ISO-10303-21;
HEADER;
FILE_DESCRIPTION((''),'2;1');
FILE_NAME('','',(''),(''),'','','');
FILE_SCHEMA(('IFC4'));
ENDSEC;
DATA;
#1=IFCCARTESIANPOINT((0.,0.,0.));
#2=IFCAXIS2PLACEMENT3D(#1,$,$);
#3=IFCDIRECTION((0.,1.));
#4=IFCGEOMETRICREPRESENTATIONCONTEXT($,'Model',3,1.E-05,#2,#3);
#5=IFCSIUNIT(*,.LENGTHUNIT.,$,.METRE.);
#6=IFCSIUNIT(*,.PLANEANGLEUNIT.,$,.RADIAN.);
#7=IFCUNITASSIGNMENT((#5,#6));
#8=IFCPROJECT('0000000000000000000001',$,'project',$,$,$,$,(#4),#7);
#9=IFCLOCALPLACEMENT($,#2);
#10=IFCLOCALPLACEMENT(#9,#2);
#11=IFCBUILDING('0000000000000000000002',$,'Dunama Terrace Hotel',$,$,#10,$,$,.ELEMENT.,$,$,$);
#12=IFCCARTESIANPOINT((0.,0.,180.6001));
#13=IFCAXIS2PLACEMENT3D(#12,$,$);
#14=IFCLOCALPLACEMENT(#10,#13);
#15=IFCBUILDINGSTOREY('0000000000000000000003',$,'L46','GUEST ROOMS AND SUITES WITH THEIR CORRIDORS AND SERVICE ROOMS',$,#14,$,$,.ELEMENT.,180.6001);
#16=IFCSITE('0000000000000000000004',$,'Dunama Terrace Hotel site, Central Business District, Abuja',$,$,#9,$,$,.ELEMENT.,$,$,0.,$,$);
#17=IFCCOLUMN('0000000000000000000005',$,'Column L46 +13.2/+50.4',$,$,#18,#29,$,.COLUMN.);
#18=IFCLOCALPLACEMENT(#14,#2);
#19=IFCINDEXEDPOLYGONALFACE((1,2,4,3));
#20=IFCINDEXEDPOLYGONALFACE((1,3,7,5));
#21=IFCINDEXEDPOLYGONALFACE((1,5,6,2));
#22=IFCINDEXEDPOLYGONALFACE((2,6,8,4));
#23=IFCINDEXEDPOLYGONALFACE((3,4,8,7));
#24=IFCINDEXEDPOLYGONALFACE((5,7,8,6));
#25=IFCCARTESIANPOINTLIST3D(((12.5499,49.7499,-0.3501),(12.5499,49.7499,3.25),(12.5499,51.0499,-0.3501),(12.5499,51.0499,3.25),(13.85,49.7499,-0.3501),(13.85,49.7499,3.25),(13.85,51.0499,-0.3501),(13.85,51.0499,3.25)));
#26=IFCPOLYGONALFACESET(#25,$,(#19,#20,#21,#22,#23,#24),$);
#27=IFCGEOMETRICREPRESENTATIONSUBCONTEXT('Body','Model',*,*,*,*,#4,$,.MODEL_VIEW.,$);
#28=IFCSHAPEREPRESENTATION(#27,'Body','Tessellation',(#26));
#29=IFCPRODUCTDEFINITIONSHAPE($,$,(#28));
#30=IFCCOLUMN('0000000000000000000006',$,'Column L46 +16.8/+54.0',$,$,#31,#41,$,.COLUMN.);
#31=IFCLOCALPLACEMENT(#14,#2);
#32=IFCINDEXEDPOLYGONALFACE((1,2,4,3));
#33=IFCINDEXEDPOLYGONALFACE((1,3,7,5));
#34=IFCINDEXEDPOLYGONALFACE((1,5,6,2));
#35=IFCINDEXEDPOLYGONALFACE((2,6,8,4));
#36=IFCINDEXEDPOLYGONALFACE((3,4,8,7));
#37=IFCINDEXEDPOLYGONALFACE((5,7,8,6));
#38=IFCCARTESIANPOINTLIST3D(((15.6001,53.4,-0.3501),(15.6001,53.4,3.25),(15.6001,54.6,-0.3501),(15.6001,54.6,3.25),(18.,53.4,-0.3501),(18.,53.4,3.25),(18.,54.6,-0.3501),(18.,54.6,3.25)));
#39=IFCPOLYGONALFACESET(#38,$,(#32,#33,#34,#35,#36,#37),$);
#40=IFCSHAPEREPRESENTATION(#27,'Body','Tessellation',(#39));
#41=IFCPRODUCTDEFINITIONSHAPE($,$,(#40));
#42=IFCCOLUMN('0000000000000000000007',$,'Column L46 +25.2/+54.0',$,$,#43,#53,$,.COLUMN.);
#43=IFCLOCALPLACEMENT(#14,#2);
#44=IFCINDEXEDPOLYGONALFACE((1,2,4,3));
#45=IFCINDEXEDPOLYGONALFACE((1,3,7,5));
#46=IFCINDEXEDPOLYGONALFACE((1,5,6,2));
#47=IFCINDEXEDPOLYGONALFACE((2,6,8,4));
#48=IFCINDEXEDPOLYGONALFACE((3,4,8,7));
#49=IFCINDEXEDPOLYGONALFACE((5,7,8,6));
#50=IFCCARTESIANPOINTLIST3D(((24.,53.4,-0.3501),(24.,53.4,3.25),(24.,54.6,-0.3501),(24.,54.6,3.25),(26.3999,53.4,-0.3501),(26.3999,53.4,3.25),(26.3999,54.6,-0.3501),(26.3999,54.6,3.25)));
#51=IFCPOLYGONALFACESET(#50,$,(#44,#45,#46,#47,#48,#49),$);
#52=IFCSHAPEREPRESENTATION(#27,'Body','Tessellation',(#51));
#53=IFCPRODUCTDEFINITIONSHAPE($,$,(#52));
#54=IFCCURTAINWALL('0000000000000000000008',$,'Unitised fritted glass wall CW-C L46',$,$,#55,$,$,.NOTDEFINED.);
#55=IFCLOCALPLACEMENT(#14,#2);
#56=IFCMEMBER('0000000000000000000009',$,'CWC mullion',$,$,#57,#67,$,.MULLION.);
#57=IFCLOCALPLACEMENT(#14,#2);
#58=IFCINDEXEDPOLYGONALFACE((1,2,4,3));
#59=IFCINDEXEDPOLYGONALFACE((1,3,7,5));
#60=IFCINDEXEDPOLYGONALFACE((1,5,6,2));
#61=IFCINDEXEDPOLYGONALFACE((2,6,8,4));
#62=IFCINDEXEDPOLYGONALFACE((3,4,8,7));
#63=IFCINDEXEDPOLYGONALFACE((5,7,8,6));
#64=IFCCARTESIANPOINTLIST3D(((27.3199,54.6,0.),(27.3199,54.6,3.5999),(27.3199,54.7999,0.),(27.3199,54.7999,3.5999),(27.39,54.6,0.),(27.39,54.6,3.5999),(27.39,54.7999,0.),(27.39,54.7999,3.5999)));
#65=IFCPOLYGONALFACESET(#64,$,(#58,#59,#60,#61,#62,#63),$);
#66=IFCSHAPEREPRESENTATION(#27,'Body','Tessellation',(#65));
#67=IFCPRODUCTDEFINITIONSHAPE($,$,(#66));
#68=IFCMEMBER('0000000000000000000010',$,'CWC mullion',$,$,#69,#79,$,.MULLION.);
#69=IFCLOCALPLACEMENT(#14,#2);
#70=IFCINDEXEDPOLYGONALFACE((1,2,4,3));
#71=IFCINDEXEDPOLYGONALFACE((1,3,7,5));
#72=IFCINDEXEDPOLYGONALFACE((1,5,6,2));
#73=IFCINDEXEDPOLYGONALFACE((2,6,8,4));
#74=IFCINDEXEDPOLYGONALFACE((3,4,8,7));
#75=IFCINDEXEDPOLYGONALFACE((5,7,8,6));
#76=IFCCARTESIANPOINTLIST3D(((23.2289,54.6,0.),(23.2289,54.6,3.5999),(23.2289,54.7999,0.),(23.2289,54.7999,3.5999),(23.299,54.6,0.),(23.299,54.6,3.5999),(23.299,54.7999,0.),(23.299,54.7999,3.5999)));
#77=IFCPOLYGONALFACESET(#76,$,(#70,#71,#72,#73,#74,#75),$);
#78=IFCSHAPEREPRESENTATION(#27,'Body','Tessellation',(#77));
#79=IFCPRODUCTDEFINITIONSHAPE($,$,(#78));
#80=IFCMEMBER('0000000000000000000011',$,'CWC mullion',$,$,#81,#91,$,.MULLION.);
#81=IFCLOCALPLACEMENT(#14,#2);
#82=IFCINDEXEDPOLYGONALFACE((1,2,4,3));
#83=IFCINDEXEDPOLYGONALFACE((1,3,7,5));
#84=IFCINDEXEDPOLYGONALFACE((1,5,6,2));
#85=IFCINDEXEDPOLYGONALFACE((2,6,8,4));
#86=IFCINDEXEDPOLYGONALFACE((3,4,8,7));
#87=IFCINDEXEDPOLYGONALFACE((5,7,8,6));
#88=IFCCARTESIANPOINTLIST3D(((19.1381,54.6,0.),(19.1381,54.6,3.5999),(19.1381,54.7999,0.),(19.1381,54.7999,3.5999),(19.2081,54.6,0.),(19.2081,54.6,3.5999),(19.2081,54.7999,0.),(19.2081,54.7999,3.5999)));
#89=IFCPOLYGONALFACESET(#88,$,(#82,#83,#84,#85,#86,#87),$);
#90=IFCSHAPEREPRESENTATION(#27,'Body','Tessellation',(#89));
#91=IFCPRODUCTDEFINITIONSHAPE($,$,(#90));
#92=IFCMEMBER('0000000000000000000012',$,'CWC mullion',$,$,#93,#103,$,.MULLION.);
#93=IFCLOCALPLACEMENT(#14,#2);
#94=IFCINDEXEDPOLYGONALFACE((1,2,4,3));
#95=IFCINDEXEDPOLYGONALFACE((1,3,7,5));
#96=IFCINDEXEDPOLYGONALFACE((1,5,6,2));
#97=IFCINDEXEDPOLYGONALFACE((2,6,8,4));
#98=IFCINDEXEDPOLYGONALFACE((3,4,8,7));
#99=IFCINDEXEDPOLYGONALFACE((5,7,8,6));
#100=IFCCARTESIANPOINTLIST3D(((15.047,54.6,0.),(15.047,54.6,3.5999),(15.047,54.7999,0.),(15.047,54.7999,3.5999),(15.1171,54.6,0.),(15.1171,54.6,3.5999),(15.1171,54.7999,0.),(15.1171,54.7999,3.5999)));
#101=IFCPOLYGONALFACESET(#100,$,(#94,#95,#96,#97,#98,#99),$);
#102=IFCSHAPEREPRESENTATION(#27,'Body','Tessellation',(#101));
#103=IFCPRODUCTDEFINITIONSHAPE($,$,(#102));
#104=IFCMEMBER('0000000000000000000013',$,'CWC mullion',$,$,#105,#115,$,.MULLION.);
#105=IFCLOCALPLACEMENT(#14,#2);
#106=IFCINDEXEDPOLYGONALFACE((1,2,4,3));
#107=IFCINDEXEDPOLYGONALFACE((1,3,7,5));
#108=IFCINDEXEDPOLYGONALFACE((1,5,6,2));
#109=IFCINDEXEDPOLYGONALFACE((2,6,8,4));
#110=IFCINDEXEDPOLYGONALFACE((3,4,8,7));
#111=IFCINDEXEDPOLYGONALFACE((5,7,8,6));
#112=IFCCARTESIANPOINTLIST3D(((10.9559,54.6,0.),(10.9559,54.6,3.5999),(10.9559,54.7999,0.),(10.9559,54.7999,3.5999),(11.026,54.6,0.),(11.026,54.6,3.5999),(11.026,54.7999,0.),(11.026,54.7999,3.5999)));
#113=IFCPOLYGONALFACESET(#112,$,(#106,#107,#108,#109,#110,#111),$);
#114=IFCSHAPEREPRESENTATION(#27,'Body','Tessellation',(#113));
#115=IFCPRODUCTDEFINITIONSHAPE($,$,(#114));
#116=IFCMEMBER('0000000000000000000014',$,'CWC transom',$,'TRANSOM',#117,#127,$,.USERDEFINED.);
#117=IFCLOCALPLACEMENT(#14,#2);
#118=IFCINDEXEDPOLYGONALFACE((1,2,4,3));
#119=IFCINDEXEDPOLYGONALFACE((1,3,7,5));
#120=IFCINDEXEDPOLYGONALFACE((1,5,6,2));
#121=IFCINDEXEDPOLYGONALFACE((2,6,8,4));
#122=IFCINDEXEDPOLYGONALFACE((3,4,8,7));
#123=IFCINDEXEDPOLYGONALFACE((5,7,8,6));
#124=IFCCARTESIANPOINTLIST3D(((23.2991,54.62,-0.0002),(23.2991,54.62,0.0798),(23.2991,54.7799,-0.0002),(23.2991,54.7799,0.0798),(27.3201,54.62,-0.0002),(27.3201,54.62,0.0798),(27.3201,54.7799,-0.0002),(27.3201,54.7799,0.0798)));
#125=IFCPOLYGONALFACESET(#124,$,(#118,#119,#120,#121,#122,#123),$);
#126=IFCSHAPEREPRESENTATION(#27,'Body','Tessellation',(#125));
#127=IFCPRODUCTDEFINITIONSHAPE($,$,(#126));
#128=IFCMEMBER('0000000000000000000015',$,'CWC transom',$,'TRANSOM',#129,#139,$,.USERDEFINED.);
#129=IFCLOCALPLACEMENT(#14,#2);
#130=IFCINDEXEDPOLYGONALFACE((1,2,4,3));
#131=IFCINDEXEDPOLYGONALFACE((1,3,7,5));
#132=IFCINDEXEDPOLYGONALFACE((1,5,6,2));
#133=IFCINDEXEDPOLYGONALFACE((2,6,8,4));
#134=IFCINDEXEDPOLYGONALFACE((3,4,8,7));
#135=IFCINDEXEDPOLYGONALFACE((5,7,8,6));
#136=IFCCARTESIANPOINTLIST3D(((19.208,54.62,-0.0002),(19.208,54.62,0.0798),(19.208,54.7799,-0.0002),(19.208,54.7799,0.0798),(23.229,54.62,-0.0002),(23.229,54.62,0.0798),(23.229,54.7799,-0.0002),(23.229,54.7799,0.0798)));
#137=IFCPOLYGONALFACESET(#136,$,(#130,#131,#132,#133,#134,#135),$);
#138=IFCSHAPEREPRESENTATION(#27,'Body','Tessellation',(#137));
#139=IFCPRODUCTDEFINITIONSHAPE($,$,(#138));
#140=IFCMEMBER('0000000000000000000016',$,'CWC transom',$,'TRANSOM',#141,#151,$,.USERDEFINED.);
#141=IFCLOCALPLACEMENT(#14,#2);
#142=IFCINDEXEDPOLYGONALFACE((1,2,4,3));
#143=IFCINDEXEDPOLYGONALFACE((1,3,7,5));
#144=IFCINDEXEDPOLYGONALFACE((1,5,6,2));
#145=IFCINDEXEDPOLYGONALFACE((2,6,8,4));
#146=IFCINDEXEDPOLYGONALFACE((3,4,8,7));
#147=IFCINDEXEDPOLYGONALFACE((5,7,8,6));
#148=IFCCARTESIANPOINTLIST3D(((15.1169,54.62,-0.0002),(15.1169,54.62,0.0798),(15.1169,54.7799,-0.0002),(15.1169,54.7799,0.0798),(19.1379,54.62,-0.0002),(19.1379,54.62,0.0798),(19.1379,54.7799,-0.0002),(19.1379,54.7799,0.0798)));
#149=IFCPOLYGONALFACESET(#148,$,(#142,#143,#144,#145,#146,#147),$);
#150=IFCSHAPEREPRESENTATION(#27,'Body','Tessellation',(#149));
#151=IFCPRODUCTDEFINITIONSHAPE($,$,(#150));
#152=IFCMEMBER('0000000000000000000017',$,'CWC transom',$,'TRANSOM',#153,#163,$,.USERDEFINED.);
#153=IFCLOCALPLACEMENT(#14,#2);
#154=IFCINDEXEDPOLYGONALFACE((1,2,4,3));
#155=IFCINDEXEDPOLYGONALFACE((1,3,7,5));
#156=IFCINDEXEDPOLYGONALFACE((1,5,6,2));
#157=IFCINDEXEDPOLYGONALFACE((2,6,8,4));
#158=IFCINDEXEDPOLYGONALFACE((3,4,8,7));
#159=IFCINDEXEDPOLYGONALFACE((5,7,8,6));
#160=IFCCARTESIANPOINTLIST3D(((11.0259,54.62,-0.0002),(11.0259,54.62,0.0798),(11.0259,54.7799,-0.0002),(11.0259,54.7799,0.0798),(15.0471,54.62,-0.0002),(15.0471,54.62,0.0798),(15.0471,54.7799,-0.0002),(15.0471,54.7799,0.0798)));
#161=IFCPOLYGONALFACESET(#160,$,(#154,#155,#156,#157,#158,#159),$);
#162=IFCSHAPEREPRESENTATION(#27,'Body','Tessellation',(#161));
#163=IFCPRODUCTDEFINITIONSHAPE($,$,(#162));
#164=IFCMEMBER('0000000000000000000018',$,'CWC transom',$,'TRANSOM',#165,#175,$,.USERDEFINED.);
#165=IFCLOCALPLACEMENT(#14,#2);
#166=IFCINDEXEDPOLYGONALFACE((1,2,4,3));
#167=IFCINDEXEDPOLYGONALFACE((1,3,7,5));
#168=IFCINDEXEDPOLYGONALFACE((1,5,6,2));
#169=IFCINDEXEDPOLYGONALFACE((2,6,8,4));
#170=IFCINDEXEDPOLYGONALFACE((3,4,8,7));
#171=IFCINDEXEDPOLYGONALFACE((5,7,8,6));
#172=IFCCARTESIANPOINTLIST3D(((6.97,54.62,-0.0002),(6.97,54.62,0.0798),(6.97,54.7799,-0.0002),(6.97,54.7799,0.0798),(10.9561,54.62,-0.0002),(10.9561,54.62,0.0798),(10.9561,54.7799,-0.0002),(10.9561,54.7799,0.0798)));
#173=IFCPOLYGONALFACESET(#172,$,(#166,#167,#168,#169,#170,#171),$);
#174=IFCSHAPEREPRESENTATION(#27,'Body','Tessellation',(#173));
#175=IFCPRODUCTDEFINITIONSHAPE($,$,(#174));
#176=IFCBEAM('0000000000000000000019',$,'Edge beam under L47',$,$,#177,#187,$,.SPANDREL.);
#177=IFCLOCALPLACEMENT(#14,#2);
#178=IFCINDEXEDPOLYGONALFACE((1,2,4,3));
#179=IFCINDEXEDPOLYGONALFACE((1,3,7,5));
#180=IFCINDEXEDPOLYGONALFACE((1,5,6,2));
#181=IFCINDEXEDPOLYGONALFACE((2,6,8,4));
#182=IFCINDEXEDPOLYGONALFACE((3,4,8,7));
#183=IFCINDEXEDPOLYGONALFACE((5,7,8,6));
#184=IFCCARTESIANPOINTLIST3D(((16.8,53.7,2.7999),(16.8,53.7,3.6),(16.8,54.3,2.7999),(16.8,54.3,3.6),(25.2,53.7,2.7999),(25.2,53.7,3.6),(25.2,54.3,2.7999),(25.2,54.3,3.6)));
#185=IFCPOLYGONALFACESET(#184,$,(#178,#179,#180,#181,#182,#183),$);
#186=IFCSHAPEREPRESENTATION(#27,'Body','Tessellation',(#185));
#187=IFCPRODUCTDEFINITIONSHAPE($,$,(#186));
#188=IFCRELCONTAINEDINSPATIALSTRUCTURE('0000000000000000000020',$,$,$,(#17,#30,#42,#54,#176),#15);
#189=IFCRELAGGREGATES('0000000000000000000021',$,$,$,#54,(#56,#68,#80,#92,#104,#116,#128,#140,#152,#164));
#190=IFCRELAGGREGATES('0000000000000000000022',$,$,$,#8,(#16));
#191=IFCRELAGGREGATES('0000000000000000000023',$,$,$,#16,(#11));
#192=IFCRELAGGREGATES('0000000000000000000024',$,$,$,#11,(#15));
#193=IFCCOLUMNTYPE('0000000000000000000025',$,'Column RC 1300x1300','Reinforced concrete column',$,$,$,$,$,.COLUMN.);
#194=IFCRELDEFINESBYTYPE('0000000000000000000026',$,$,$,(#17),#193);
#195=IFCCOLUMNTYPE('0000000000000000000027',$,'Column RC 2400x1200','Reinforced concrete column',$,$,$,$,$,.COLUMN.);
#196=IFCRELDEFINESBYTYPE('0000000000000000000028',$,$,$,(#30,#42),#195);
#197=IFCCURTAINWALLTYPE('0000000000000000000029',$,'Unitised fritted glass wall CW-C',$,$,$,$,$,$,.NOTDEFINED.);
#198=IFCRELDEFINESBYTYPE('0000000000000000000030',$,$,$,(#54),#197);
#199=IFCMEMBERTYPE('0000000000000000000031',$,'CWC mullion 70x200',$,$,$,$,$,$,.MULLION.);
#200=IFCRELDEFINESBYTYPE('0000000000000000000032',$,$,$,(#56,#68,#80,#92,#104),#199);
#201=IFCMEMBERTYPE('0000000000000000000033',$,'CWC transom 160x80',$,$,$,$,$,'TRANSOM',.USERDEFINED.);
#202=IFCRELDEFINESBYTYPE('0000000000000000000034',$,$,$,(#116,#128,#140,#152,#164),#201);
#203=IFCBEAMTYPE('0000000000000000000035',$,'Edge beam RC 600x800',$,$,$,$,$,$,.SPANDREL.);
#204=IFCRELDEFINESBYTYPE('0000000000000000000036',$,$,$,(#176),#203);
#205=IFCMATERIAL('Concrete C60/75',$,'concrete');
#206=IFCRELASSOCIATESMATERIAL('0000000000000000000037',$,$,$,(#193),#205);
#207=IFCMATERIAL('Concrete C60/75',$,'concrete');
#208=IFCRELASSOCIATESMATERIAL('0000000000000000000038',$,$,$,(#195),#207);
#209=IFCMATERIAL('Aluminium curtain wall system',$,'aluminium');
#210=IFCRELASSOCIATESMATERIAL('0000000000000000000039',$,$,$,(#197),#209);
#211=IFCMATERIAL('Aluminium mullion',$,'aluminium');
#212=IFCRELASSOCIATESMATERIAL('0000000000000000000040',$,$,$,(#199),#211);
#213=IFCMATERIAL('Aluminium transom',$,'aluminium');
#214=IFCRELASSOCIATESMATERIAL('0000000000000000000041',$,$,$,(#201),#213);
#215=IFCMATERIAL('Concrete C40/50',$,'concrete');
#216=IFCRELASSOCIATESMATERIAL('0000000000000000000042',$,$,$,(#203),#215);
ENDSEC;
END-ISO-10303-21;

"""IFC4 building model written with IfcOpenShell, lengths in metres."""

from ifc_helpers import new_model, si_unit, direction, frame, origin, origin_2d, place, context, subcontext, project, spatial, rectangle, extrude, material, material_profile, profile_set, type_object, element, aggregate, save


model = new_model("IFC4")

# Units and contexts
model_context = context("Model", 3, precision=1e-05, world=origin(), true_north=direction((0.0, 1.0)))
body_context = subcontext(model_context, "Body", "Model", "MODEL_VIEW")
ifc_project = project(units=[si_unit("LENGTHUNIT", "METRE"), si_unit("PLANEANGLEUNIT", "RADIAN")], contexts=[model_context])

# Site, building, storey
site_placement = place(None, origin())
site = spatial("IfcSite", under=ifc_project, at=site_placement, Name="Dunama Terrace Hotel site, Central Business District, Abuja", CompositionType="ELEMENT", RefElevation=0.0)
building_placement = place(site_placement, origin())
building = spatial("IfcBuilding", under=site, at=building_placement, Name="Dunama Terrace Hotel", CompositionType="ELEMENT")
storey_placement = place(building_placement, frame((0.0, 0.0, 180.6001)))
storey = spatial("IfcBuildingStorey", under=building, at=storey_placement, Name="L46", Description="GUEST ROOMS AND SUITES WITH THEIR CORRIDORS AND SERVICE ROOMS", CompositionType="ELEMENT", Elevation=180.6001)

# Columns
ifc_material_1 = material(Name="Concrete C60/75", Category="concrete")
ifc_material_profile_1 = material_profile(ifc_material_1, rectangle(XDim=1.3, YDim=1.3, at=origin_2d()), Name="RC 1300x1300")
ifc_profile_set_1 = profile_set([ifc_material_profile_1], Name="Concrete C60/75")
column_type_1 = type_object("IfcColumnType", Name="Column RC 1300x1300", Description="Reinforced concrete column", PredefinedType="COLUMN", material=ifc_profile_set_1)
column_placement = place(storey_placement, frame((13.2, 50.3999, -0.3501), z_axis=(0.0, 0.0, 1.0), x_axis=(1.0, 0.0, 0.0)))
element("IfcColumn", 1, at=column_placement, inside=storey, type_object=column_type_1, Name="Column L46 +13.2/+50.4", PredefinedType="COLUMN", context=body_context, shape_type="SweptSolid", body=[
    extrude(rectangle(XDim=1.3, YDim=1.3, at=origin_2d()), origin(), (0.0, 0.0, 1.0), 3.6001),
])
ifc_material_2 = material(Name="Concrete C60/75", Category="concrete")
ifc_material_profile_2 = material_profile(ifc_material_2, rectangle(XDim=2.3999, YDim=1.2, at=origin_2d()), Name="RC 2400x1200")
ifc_profile_set_2 = profile_set([ifc_material_profile_2], Name="Concrete C60/75")
column_type_2 = type_object("IfcColumnType", Name="Column RC 2400x1200", Description="Reinforced concrete column", PredefinedType="COLUMN", material=ifc_profile_set_2)
for number, where, z_axis, x_axis, name in (
    (2, (16.8, 54.0, -0.3501), (0.0, 0.0, 1.0), (1.0, 0.0, 0.0), "Column L46 +16.8/+54.0"),
    (3, (25.2, 54.0, -0.3501), (0.0, 0.0, 1.0), (1.0, 0.0, 0.0), "Column L46 +25.2/+54.0"),
):
    element("IfcColumn", number, at=place(storey_placement, frame(where, z_axis=z_axis, x_axis=x_axis)), inside=storey, type_object=column_type_2, Name=name, PredefinedType="COLUMN", context=body_context, shape_type="SweptSolid", body=[
        extrude(rectangle(XDim=2.3999, YDim=1.2, at=origin_2d()), origin(), (0.0, 0.0, 1.0), 3.6001),
    ])

# Curtain wall, members
ifc_material_3 = material(Name="Aluminium curtain wall system", Category="aluminium")
curtain_wall_type = type_object("IfcCurtainWallType", Name="Unitised fritted glass wall CW-C", PredefinedType="NOTDEFINED", material=ifc_material_3)
curtain_wall_placement = place(storey_placement, origin())
curtain_wall = element("IfcCurtainWall", 4, at=curtain_wall_placement, inside=storey, type_object=curtain_wall_type, Name="Unitised fritted glass wall CW-C L46", PredefinedType="NOTDEFINED")
ifc_material_4 = material(Name="Aluminium mullion", Category="aluminium")
ifc_material_profile_3 = material_profile(ifc_material_4, rectangle(XDim=0.0701, YDim=0.2, at=origin_2d()), Name="CWC MULLION 70X200")
ifc_profile_set_3 = profile_set([ifc_material_profile_3], Name="Aluminium mullion")
member_type_1 = type_object("IfcMemberType", Name="CWC mullion 70x200", PredefinedType="MULLION", material=ifc_profile_set_3)
member_1_placement = place(storey_placement, frame((27.355, 54.7, 0.0), z_axis=(0.0, 0.0, 1.0), x_axis=(-1.0, 0.0, 0.0)))
member_1 = element("IfcMember", 5, at=member_1_placement, type_object=member_type_1, Name="CWC mullion", PredefinedType="MULLION", context=body_context, shape_type="SweptSolid", body=[
    extrude(rectangle(XDim=0.0701, YDim=0.2, at=origin_2d()), origin(), (0.0, 0.0, 1.0), 3.5999),
])
member_2_placement = place(storey_placement, frame((23.2639, 54.7, 0.0), z_axis=(0.0, 0.0, 1.0), x_axis=(-1.0, 0.0, 0.0)))
member_2 = element("IfcMember", 6, at=member_2_placement, type_object=member_type_1, Name="CWC mullion", PredefinedType="MULLION", context=body_context, shape_type="SweptSolid", body=[
    extrude(rectangle(XDim=0.0701, YDim=0.2, at=origin_2d()), origin(), (0.0, 0.0, 1.0), 3.5999),
])
member_3_placement = place(storey_placement, frame((19.1731, 54.7, 0.0), z_axis=(0.0, 0.0, 1.0), x_axis=(-1.0, 0.0, 0.0)))
member_3 = element("IfcMember", 7, at=member_3_placement, type_object=member_type_1, Name="CWC mullion", PredefinedType="MULLION", context=body_context, shape_type="SweptSolid", body=[
    extrude(rectangle(XDim=0.0701, YDim=0.2, at=origin_2d()), origin(), (0.0, 0.0, 1.0), 3.5999),
])
member_4_placement = place(storey_placement, frame((15.082, 54.7, 0.0), z_axis=(0.0, 0.0, 1.0), x_axis=(-1.0, 0.0, 0.0)))
member_4 = element("IfcMember", 8, at=member_4_placement, type_object=member_type_1, Name="CWC mullion", PredefinedType="MULLION", context=body_context, shape_type="SweptSolid", body=[
    extrude(rectangle(XDim=0.0701, YDim=0.2, at=origin_2d()), origin(), (0.0, 0.0, 1.0), 3.5999),
])
member_5_placement = place(storey_placement, frame((10.991, 54.7, 0.0), z_axis=(0.0, 0.0, 1.0), x_axis=(-1.0, 0.0, 0.0)))
member_5 = element("IfcMember", 9, at=member_5_placement, type_object=member_type_1, Name="CWC mullion", PredefinedType="MULLION", context=body_context, shape_type="SweptSolid", body=[
    extrude(rectangle(XDim=0.0701, YDim=0.2, at=origin_2d()), origin(), (0.0, 0.0, 1.0), 3.5999),
])
ifc_material_5 = material(Name="Aluminium transom", Category="aluminium")
ifc_material_profile_4 = material_profile(ifc_material_5, rectangle(XDim=0.1599, YDim=0.0801, at=origin_2d()), Name="CWC TRANSOM 160X80")
ifc_profile_set_4 = profile_set([ifc_material_profile_4], Name="Aluminium transom")
member_type_2 = type_object("IfcMemberType", Name="CWC transom 160x80", ElementType="TRANSOM", PredefinedType="USERDEFINED", material=ifc_profile_set_4)
member_6_placement = place(storey_placement, frame((27.3201, 54.7, 0.0398), z_axis=(-1.0, 0.0, 0.0), x_axis=(0.0, -1.0, 0.0)))
member_6 = element("IfcMember", 10, at=member_6_placement, type_object=member_type_2, Name="CWC transom", ObjectType="TRANSOM", PredefinedType="USERDEFINED", context=body_context, shape_type="SweptSolid", body=[
    extrude(rectangle(XDim=0.1599, YDim=0.0801, at=origin_2d()), origin(), (0.0, 0.0, 1.0), 4.021),
])
member_7_placement = place(storey_placement, frame((23.229, 54.7, 0.0398), z_axis=(-1.0, 0.0, 0.0), x_axis=(0.0, -1.0, 0.0)))
member_7 = element("IfcMember", 11, at=member_7_placement, type_object=member_type_2, Name="CWC transom", ObjectType="TRANSOM", PredefinedType="USERDEFINED", context=body_context, shape_type="SweptSolid", body=[
    extrude(rectangle(XDim=0.1599, YDim=0.0801, at=origin_2d()), origin(), (0.0, 0.0, 1.0), 4.021),
])
member_8_placement = place(storey_placement, frame((19.1379, 54.7, 0.0398), z_axis=(-1.0, 0.0, 0.0), x_axis=(0.0, -1.0, 0.0)))
member_8 = element("IfcMember", 12, at=member_8_placement, type_object=member_type_2, Name="CWC transom", ObjectType="TRANSOM", PredefinedType="USERDEFINED", context=body_context, shape_type="SweptSolid", body=[
    extrude(rectangle(XDim=0.1599, YDim=0.0801, at=origin_2d()), origin(), (0.0, 0.0, 1.0), 4.021),
])
member_9_placement = place(storey_placement, frame((15.0471, 54.7, 0.0398), z_axis=(-1.0, 0.0, 0.0), x_axis=(0.0, -1.0, 0.0)))
member_9 = element("IfcMember", 13, at=member_9_placement, type_object=member_type_2, Name="CWC transom", ObjectType="TRANSOM", PredefinedType="USERDEFINED", context=body_context, shape_type="SweptSolid", body=[
    extrude(rectangle(XDim=0.1599, YDim=0.0801, at=origin_2d()), origin(), (0.0, 0.0, 1.0), 4.0212),
])
member_10_placement = place(storey_placement, frame((10.9561, 54.7, 0.0398), z_axis=(-1.0, 0.0, 0.0), x_axis=(0.0, -1.0, 0.0)))
member_10 = element("IfcMember", 14, at=member_10_placement, type_object=member_type_2, Name="CWC transom", ObjectType="TRANSOM", PredefinedType="USERDEFINED", context=body_context, shape_type="SweptSolid", body=[
    extrude(rectangle(XDim=0.1599, YDim=0.0801, at=origin_2d()), origin(), (0.0, 0.0, 1.0), 3.9861),
])

# Beam
ifc_material_6 = material(Name="Concrete C40/50", Category="concrete")
ifc_material_profile_5 = material_profile(ifc_material_6, rectangle(XDim=0.6001, YDim=0.8, at=origin_2d()), Name="RC 600x800")
ifc_profile_set_5 = profile_set([ifc_material_profile_5], Name="Concrete C40/50")
beam_type = type_object("IfcBeamType", Name="Edge beam RC 600x800", PredefinedType="SPANDREL", material=ifc_profile_set_5)
beam_1_placement = place(storey_placement, frame((16.8, 54.0, 3.2), z_axis=(1.0, 0.0, 0.0), x_axis=(0.0, 1.0, 0.0)))
element("IfcBeam", 15, at=beam_1_placement, inside=storey, type_object=beam_type, Name="Edge beam under L47", PredefinedType="SPANDREL", context=body_context, shape_type="SweptSolid", body=[
    extrude(rectangle(XDim=0.6001, YDim=0.8, at=origin_2d()), origin(), (0.0, 0.0, 1.0), 8.3999),
])

aggregate(curtain_wall, [member_1, member_2, member_3, member_4, member_5, member_6, member_7, member_8, member_9, member_10])

save(model, "model.ifc")
